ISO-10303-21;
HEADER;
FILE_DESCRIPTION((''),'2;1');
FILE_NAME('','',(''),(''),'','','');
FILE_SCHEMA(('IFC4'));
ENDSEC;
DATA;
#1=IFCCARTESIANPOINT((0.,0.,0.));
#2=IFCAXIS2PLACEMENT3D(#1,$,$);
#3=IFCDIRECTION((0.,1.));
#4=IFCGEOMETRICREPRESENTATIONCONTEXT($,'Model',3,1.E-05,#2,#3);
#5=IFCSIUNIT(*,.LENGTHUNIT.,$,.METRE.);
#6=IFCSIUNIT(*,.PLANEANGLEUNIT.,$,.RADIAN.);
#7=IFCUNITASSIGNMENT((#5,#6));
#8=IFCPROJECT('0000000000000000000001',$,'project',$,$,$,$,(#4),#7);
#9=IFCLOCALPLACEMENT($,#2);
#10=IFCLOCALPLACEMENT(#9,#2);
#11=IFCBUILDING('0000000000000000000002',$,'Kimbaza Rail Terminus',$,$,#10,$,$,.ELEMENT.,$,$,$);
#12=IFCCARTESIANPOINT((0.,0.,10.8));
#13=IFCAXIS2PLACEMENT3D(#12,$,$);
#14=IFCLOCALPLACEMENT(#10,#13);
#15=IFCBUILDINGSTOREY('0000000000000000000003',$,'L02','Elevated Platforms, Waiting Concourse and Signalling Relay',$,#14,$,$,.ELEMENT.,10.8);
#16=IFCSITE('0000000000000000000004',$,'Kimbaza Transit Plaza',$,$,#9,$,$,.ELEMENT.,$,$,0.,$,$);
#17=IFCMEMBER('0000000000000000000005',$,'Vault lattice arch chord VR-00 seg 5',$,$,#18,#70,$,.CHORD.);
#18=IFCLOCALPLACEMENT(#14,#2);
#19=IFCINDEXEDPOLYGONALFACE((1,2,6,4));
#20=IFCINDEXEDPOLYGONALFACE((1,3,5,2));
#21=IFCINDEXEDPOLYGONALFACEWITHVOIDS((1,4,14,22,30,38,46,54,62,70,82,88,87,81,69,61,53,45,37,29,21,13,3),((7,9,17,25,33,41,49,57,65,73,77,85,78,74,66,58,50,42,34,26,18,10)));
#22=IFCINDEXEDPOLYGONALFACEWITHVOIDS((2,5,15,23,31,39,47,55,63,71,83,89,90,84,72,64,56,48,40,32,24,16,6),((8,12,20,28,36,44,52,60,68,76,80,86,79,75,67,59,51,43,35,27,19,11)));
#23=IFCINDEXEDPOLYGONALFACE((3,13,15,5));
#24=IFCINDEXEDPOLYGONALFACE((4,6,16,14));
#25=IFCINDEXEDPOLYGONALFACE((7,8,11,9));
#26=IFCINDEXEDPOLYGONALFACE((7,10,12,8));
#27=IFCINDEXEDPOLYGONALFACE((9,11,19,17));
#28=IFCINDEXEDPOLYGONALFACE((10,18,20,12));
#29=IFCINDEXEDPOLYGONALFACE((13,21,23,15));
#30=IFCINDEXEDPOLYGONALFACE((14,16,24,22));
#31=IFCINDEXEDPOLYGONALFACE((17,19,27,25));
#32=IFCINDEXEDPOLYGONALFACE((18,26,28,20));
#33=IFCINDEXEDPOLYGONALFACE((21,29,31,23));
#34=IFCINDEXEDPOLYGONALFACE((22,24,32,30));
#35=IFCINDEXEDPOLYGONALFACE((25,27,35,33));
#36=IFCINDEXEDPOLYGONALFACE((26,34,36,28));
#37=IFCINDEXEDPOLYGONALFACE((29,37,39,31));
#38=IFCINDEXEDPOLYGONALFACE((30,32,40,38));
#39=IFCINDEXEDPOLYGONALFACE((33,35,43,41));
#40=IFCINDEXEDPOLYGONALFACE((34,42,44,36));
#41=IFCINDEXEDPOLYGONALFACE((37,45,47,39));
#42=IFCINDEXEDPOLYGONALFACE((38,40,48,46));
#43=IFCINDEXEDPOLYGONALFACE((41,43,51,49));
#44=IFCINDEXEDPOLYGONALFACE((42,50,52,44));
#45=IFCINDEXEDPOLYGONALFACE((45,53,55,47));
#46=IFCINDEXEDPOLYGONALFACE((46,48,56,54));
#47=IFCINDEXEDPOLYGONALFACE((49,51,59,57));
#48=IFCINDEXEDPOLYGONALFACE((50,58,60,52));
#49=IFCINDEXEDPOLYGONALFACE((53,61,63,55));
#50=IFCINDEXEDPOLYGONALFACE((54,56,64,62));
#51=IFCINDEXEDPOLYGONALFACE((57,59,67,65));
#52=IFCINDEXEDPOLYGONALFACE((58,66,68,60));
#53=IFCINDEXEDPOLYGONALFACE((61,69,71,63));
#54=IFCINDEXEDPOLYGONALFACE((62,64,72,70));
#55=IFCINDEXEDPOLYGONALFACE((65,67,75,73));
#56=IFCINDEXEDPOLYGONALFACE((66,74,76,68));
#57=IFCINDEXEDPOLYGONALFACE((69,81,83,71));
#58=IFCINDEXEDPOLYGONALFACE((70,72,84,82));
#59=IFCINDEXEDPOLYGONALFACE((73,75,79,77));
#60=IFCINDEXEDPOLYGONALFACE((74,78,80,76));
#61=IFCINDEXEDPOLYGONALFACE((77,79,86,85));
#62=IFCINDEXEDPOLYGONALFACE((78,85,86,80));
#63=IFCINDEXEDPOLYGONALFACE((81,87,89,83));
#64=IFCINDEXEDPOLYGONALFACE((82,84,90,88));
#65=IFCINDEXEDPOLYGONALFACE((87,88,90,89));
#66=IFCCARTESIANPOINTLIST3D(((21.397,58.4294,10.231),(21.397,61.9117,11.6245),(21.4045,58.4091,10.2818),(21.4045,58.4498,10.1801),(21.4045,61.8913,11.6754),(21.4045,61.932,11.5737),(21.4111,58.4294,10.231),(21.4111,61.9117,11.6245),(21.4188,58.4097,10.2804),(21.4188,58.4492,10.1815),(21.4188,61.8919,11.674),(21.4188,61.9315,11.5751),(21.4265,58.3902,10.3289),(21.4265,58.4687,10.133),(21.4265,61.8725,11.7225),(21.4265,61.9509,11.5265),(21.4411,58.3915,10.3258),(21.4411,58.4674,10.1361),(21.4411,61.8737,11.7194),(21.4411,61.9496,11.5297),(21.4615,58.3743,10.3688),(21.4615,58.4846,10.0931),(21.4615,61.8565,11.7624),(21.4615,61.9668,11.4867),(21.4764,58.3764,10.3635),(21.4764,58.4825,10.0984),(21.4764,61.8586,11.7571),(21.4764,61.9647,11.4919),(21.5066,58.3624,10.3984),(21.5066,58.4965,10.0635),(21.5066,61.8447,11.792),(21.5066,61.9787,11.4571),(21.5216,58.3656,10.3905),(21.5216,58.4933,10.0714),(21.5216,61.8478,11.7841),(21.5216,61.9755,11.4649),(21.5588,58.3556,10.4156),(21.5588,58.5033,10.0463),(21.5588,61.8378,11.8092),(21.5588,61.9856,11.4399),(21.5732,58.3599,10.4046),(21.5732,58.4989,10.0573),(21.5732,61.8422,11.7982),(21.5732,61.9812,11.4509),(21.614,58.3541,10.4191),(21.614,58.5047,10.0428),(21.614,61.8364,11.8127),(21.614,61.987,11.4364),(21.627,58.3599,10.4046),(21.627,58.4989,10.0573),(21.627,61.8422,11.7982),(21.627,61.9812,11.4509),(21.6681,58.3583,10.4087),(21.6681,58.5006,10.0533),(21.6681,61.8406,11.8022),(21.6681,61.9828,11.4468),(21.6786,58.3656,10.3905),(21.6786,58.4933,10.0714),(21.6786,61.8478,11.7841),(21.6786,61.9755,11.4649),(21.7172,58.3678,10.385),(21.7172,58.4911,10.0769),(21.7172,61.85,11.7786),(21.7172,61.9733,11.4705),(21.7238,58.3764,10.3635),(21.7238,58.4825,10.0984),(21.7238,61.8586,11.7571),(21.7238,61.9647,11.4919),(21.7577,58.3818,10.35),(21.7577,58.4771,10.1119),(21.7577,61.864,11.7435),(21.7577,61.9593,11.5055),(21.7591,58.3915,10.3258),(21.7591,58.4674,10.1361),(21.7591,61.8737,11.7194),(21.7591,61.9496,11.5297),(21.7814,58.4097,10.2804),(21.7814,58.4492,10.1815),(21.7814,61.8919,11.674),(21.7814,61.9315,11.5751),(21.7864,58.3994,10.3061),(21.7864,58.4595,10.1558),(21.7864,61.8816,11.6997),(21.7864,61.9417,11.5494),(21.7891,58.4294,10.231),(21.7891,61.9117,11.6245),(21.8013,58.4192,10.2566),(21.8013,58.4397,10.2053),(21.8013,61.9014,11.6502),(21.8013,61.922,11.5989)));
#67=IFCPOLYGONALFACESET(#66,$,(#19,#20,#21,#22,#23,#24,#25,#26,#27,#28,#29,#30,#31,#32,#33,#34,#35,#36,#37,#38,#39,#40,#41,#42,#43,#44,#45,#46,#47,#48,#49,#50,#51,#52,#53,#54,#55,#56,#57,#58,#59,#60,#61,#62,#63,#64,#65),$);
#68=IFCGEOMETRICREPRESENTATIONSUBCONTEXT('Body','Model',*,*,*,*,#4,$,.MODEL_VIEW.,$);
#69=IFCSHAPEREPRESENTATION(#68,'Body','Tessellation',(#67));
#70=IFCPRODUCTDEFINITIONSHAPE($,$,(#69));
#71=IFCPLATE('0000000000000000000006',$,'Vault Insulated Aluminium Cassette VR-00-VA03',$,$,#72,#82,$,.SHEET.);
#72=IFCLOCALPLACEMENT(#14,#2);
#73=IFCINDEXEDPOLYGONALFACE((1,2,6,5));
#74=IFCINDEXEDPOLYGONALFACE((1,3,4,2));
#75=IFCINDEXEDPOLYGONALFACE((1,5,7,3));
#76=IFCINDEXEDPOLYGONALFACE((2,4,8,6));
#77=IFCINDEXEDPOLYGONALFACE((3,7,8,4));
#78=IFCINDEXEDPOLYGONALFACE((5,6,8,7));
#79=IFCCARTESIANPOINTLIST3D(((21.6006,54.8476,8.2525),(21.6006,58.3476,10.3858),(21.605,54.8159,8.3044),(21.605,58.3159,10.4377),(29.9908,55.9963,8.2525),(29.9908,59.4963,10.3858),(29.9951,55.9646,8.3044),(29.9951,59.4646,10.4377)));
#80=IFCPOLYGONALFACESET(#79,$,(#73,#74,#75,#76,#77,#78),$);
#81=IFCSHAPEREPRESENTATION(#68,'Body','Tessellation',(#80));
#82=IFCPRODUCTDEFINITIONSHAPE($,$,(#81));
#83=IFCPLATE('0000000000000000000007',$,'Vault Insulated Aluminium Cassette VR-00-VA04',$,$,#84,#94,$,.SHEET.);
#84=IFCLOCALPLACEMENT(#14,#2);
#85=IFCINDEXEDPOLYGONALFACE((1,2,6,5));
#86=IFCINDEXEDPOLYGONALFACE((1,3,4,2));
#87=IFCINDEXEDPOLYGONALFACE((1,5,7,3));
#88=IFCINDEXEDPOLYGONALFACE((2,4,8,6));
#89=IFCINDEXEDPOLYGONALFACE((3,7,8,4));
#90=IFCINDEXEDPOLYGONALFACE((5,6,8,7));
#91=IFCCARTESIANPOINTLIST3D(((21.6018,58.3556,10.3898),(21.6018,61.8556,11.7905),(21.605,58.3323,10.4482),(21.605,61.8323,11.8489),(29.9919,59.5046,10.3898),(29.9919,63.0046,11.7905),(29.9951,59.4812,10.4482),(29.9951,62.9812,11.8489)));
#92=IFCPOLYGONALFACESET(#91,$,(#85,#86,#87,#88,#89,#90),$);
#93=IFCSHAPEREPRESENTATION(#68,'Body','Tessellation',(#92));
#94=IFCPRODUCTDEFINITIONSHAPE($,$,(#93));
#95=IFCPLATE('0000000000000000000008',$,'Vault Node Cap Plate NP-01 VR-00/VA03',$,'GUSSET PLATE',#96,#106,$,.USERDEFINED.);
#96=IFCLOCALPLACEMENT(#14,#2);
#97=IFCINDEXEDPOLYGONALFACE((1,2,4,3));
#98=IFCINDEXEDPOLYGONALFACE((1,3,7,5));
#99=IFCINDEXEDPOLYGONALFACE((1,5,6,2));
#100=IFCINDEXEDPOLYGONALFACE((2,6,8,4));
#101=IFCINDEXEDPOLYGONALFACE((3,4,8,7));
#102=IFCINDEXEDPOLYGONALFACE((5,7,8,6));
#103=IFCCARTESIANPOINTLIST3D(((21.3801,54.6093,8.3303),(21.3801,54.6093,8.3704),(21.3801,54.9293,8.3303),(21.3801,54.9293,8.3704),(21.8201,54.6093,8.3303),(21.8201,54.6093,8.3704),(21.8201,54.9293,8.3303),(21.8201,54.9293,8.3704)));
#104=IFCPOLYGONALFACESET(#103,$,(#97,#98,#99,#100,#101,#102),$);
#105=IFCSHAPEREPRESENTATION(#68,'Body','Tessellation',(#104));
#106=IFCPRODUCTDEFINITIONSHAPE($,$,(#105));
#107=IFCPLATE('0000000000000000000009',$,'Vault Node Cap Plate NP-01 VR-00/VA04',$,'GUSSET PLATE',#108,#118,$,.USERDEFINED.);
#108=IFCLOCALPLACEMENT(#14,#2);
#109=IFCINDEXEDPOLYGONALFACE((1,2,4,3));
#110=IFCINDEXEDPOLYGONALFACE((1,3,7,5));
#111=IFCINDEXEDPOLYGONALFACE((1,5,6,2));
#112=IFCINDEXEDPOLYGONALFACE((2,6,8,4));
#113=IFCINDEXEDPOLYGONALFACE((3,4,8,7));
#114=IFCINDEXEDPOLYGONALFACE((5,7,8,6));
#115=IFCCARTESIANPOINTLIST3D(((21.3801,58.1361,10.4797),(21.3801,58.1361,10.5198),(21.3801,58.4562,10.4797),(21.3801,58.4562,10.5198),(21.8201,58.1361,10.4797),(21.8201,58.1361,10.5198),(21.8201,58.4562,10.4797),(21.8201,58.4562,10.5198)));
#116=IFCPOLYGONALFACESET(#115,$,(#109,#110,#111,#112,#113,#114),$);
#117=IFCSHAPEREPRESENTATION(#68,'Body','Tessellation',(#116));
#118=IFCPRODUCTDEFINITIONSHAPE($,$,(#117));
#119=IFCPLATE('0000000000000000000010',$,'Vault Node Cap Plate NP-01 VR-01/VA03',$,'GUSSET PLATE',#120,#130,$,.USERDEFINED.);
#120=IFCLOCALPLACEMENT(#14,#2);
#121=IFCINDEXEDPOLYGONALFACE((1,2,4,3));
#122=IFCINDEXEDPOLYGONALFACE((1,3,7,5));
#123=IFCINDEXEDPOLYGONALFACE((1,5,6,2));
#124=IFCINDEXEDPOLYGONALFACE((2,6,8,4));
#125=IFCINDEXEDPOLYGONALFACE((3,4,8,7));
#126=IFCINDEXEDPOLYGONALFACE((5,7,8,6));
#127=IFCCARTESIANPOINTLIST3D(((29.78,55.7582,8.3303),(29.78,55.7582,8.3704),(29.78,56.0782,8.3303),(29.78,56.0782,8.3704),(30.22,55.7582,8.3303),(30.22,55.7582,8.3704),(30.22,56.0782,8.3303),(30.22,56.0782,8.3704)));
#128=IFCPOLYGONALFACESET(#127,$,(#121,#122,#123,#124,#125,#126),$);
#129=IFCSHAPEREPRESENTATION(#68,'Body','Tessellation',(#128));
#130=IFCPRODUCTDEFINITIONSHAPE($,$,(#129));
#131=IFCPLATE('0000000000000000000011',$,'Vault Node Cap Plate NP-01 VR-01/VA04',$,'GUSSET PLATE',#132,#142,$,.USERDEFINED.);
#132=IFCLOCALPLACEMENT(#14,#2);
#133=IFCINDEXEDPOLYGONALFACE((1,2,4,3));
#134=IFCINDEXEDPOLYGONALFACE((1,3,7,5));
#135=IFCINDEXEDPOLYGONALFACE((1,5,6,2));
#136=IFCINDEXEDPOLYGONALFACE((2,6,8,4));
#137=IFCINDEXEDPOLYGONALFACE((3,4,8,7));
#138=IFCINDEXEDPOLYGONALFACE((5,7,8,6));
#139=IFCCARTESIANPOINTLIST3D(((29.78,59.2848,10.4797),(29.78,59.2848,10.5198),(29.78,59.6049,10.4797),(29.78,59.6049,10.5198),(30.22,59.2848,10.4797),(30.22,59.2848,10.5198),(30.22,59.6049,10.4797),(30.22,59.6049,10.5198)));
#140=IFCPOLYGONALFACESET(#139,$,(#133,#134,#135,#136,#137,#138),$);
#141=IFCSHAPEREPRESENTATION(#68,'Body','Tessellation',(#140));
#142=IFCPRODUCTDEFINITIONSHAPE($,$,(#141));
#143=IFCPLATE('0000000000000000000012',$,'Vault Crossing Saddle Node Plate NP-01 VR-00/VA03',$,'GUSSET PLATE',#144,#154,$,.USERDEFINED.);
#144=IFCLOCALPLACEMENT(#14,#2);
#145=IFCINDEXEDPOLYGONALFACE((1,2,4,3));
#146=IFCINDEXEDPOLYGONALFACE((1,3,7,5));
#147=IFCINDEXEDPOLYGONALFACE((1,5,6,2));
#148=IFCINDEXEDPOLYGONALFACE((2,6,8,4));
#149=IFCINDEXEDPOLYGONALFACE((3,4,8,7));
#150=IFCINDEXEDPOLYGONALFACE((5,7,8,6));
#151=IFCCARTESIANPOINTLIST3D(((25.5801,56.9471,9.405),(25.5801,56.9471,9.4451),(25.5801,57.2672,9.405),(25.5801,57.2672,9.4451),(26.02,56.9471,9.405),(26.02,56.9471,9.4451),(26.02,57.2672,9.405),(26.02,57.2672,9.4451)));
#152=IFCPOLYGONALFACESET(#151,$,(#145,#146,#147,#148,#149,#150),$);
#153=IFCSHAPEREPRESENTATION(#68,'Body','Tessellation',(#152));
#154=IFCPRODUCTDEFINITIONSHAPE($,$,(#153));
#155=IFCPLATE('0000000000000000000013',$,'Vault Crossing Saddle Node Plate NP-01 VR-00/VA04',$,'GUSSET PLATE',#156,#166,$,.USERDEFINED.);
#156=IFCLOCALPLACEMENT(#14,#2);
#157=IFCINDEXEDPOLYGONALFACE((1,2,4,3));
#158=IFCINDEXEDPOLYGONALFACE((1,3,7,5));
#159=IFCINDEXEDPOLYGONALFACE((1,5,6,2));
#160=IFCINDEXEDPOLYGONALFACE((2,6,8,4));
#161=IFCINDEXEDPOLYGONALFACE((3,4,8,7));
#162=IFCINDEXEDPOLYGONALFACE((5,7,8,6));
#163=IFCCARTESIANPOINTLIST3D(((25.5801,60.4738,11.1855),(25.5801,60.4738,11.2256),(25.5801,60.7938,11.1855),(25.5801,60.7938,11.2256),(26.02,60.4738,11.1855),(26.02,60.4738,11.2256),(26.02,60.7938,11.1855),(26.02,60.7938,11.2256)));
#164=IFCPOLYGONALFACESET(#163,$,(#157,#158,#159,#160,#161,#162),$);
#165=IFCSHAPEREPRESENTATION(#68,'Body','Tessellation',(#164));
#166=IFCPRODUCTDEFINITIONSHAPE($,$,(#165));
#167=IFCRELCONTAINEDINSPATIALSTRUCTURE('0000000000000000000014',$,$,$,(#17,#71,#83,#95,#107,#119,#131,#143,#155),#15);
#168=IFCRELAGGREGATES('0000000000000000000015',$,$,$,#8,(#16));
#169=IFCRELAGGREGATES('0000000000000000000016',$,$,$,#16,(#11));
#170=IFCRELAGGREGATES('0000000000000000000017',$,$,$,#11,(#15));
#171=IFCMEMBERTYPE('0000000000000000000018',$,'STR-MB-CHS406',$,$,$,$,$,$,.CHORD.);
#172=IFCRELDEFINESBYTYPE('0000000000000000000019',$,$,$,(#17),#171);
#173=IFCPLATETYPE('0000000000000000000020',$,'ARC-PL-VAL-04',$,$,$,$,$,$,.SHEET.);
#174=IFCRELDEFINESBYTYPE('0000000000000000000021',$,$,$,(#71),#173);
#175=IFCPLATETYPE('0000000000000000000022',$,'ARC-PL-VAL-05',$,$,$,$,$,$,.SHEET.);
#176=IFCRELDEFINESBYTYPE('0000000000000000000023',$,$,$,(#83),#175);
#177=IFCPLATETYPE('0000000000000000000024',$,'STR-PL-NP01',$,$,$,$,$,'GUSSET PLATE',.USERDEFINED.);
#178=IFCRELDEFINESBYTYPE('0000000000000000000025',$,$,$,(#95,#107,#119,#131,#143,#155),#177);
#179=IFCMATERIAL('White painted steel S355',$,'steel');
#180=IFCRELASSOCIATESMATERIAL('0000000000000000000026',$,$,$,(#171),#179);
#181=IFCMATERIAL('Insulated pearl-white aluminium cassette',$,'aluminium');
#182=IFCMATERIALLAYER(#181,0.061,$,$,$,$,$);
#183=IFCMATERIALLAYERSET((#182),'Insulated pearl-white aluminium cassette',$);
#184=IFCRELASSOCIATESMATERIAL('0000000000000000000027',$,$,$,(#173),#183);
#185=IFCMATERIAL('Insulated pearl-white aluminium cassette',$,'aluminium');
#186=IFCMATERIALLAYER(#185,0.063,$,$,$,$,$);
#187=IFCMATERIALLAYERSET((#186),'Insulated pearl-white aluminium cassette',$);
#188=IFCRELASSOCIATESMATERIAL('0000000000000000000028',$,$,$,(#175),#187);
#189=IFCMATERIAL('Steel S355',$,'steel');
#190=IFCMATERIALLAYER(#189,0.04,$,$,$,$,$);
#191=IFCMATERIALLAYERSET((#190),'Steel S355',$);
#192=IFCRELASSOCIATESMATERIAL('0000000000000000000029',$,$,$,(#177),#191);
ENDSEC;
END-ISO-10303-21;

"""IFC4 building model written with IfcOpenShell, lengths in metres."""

from ifc_helpers import new_model, si_unit, direction, frame, origin, origin_2d, place, context, subcontext, project, spatial, polyline, rectangle, hollow_circle, outline, extrude, material, layer, layer_set, material_profile, profile_set, type_object, element, save


model = new_model("IFC4")

# Units and contexts
model_context = context("Model", 3, precision=1e-05, world=origin(), true_north=direction((0.0, 1.0)))
body_context = subcontext(model_context, "Body", "Model", "MODEL_VIEW")
ifc_project = project(units=[si_unit("LENGTHUNIT", "METRE"), si_unit("PLANEANGLEUNIT", "RADIAN")], contexts=[model_context])

# Site, building, storey
site_placement = place(None, origin())
site = spatial("IfcSite", under=ifc_project, at=site_placement, Name="Kimbaza Transit Plaza", CompositionType="ELEMENT", RefElevation=0.0)
building_placement = place(site_placement, origin())
building = spatial("IfcBuilding", under=site, at=building_placement, Name="Kimbaza Rail Terminus", CompositionType="ELEMENT")
storey_placement = place(building_placement, frame((0.0, 0.0, 10.8)))
storey = spatial("IfcBuildingStorey", under=building, at=storey_placement, Name="L02", Description="Elevated Platforms, Waiting Concourse and Signalling Relay", CompositionType="ELEMENT", Elevation=10.8)

# Member
ifc_material_1 = material(Name="White painted steel S355", Category="steel")
ifc_material_profile_1 = material_profile(ifc_material_1, hollow_circle(Radius=0.2031, WallThickness=0.0142, at=origin_2d()), Name="CHS 406.4x14.2")
ifc_profile_set_1 = profile_set([ifc_material_profile_1], Name="White painted steel S355")
member_type_1 = type_object("IfcMemberType", Name="STR-MB-CHS406", PredefinedType="CHORD", material=ifc_profile_set_1)
member_1_placement = place(storey_placement, frame((21.6001, 58.4294, 10.231), z_axis=(0.0, 0.928414, 0.371548), x_axis=(-1.0, 0.0, 0.0)))
element("IfcMember", 1, at=member_1_placement, inside=storey, type_object=member_type_1, Name="Vault lattice arch chord VR-00 seg 5", PredefinedType="CHORD", context=body_context, shape_type="SweptSolid", body=[
    extrude(hollow_circle(Radius=0.2031, WallThickness=0.0142, at=origin_2d()), origin(), (0.0, 0.0, 1.0), 3.7507),
])

# Plates
ifc_material_2 = material(Name="Insulated pearl-white aluminium cassette", Category="aluminium")
ifc_layer_1 = layer(ifc_material_2, 0.061)
ifc_layer_set_1 = layer_set([ifc_layer_1], Name="Insulated pearl-white aluminium cassette")
plate_type_1 = type_object("IfcPlateType", Name="ARC-PL-VAL-04", PredefinedType="SHEET", material=ifc_layer_set_1)
plate_1_placement = place(storey_placement, frame((21.605, 54.8159, 8.3044), z_axis=(0.071075, -0.519141, 0.851728), x_axis=(0.990758, 0.135643, 0.0)))
element("IfcPlate", 2, at=plate_1_placement, inside=storey, type_object=plate_type_1, Name="Vault Insulated Aluminium Cassette VR-00-VA03", PredefinedType="SHEET", context=body_context, shape_type="SweptSolid", body=[
    extrude(outline(polyline([(0.0, 0.0), (8.4684, 0.0), (8.9432, 4.0713), (0.4748, 4.0713), (0.0, 0.0)])), origin(), (0.0, 0.0, -1.0), 0.061),
])
ifc_material_3 = material(Name="Insulated pearl-white aluminium cassette", Category="aluminium")
ifc_layer_2 = layer(ifc_material_3, 0.063)
ifc_layer_set_2 = layer_set([ifc_layer_2], Name="Insulated pearl-white aluminium cassette")
plate_type_2 = type_object("IfcPlateType", Name="ARC-PL-VAL-05", PredefinedType="SHEET", material=ifc_layer_set_2)
plate_2_placement = place(storey_placement, frame((21.605, 58.3323, 10.4482), z_axis=(0.050812, -0.371056, 0.927219), x_axis=(0.990754, 0.135672, 0.0)))
element("IfcPlate", 3, at=plate_2_placement, inside=storey, type_object=plate_type_2, Name="Vault Insulated Aluminium Cassette VR-00-VA04", PredefinedType="SHEET", context=body_context, shape_type="SweptSolid", body=[
    extrude(outline(polyline([(0.0, 0.0), (8.4684, 0.0), (8.9433, 3.7398), (0.4749, 3.7398), (0.0, 0.0)])), origin(), (0.0, 0.0, -1.0), 0.063),
])
ifc_material_4 = material(Name="Steel S355", Category="steel")
ifc_layer_3 = layer(ifc_material_4, 0.04)
ifc_layer_set_3 = layer_set([ifc_layer_3], Name="Steel S355")
plate_type_3 = type_object("IfcPlateType", Name="STR-PL-NP01", ElementType="GUSSET PLATE", PredefinedType="USERDEFINED", material=ifc_layer_set_3)
for number, where, z_axis, x_axis, name in (
    (4, (21.6001, 54.7693, 8.3303), (0.0, 0.0, 1.0), (1.0, 0.0, 0.0), "Vault Node Cap Plate NP-01 VR-00/VA03"),
    (5, (21.6001, 58.2961, 10.4797), (0.0, 0.0, 1.0), (1.0, 0.0, 0.0), "Vault Node Cap Plate NP-01 VR-00/VA04"),
    (6, (30.0, 55.9182, 8.3303), (0.0, 0.0, 1.0), (1.0, 0.0, 0.0), "Vault Node Cap Plate NP-01 VR-01/VA03"),
    (7, (30.0, 59.4448, 10.4797), (0.0, 0.0, 1.0), (1.0, 0.0, 0.0), "Vault Node Cap Plate NP-01 VR-01/VA04"),
    (8, (25.8, 57.1072, 9.405), (0.0, 0.0, 1.0), (1.0, 0.0, 0.0), "Vault Crossing Saddle Node Plate NP-01 VR-00/VA03"),
    (9, (25.8, 60.6338, 11.1855), (0.0, 0.0, 1.0), (1.0, 0.0, 0.0), "Vault Crossing Saddle Node Plate NP-01 VR-00/VA04"),
):
    element("IfcPlate", number, at=place(storey_placement, frame(where, z_axis=z_axis, x_axis=x_axis)), inside=storey, type_object=plate_type_3, Name=name, ObjectType="GUSSET PLATE", PredefinedType="USERDEFINED", context=body_context, shape_type="SweptSolid", body=[
        extrude(rectangle(XDim=0.4399, YDim=0.3201, at=origin_2d()), origin(), (0.0, 0.0, 1.0), 0.04),
    ])

save(model, "model.ifc")
